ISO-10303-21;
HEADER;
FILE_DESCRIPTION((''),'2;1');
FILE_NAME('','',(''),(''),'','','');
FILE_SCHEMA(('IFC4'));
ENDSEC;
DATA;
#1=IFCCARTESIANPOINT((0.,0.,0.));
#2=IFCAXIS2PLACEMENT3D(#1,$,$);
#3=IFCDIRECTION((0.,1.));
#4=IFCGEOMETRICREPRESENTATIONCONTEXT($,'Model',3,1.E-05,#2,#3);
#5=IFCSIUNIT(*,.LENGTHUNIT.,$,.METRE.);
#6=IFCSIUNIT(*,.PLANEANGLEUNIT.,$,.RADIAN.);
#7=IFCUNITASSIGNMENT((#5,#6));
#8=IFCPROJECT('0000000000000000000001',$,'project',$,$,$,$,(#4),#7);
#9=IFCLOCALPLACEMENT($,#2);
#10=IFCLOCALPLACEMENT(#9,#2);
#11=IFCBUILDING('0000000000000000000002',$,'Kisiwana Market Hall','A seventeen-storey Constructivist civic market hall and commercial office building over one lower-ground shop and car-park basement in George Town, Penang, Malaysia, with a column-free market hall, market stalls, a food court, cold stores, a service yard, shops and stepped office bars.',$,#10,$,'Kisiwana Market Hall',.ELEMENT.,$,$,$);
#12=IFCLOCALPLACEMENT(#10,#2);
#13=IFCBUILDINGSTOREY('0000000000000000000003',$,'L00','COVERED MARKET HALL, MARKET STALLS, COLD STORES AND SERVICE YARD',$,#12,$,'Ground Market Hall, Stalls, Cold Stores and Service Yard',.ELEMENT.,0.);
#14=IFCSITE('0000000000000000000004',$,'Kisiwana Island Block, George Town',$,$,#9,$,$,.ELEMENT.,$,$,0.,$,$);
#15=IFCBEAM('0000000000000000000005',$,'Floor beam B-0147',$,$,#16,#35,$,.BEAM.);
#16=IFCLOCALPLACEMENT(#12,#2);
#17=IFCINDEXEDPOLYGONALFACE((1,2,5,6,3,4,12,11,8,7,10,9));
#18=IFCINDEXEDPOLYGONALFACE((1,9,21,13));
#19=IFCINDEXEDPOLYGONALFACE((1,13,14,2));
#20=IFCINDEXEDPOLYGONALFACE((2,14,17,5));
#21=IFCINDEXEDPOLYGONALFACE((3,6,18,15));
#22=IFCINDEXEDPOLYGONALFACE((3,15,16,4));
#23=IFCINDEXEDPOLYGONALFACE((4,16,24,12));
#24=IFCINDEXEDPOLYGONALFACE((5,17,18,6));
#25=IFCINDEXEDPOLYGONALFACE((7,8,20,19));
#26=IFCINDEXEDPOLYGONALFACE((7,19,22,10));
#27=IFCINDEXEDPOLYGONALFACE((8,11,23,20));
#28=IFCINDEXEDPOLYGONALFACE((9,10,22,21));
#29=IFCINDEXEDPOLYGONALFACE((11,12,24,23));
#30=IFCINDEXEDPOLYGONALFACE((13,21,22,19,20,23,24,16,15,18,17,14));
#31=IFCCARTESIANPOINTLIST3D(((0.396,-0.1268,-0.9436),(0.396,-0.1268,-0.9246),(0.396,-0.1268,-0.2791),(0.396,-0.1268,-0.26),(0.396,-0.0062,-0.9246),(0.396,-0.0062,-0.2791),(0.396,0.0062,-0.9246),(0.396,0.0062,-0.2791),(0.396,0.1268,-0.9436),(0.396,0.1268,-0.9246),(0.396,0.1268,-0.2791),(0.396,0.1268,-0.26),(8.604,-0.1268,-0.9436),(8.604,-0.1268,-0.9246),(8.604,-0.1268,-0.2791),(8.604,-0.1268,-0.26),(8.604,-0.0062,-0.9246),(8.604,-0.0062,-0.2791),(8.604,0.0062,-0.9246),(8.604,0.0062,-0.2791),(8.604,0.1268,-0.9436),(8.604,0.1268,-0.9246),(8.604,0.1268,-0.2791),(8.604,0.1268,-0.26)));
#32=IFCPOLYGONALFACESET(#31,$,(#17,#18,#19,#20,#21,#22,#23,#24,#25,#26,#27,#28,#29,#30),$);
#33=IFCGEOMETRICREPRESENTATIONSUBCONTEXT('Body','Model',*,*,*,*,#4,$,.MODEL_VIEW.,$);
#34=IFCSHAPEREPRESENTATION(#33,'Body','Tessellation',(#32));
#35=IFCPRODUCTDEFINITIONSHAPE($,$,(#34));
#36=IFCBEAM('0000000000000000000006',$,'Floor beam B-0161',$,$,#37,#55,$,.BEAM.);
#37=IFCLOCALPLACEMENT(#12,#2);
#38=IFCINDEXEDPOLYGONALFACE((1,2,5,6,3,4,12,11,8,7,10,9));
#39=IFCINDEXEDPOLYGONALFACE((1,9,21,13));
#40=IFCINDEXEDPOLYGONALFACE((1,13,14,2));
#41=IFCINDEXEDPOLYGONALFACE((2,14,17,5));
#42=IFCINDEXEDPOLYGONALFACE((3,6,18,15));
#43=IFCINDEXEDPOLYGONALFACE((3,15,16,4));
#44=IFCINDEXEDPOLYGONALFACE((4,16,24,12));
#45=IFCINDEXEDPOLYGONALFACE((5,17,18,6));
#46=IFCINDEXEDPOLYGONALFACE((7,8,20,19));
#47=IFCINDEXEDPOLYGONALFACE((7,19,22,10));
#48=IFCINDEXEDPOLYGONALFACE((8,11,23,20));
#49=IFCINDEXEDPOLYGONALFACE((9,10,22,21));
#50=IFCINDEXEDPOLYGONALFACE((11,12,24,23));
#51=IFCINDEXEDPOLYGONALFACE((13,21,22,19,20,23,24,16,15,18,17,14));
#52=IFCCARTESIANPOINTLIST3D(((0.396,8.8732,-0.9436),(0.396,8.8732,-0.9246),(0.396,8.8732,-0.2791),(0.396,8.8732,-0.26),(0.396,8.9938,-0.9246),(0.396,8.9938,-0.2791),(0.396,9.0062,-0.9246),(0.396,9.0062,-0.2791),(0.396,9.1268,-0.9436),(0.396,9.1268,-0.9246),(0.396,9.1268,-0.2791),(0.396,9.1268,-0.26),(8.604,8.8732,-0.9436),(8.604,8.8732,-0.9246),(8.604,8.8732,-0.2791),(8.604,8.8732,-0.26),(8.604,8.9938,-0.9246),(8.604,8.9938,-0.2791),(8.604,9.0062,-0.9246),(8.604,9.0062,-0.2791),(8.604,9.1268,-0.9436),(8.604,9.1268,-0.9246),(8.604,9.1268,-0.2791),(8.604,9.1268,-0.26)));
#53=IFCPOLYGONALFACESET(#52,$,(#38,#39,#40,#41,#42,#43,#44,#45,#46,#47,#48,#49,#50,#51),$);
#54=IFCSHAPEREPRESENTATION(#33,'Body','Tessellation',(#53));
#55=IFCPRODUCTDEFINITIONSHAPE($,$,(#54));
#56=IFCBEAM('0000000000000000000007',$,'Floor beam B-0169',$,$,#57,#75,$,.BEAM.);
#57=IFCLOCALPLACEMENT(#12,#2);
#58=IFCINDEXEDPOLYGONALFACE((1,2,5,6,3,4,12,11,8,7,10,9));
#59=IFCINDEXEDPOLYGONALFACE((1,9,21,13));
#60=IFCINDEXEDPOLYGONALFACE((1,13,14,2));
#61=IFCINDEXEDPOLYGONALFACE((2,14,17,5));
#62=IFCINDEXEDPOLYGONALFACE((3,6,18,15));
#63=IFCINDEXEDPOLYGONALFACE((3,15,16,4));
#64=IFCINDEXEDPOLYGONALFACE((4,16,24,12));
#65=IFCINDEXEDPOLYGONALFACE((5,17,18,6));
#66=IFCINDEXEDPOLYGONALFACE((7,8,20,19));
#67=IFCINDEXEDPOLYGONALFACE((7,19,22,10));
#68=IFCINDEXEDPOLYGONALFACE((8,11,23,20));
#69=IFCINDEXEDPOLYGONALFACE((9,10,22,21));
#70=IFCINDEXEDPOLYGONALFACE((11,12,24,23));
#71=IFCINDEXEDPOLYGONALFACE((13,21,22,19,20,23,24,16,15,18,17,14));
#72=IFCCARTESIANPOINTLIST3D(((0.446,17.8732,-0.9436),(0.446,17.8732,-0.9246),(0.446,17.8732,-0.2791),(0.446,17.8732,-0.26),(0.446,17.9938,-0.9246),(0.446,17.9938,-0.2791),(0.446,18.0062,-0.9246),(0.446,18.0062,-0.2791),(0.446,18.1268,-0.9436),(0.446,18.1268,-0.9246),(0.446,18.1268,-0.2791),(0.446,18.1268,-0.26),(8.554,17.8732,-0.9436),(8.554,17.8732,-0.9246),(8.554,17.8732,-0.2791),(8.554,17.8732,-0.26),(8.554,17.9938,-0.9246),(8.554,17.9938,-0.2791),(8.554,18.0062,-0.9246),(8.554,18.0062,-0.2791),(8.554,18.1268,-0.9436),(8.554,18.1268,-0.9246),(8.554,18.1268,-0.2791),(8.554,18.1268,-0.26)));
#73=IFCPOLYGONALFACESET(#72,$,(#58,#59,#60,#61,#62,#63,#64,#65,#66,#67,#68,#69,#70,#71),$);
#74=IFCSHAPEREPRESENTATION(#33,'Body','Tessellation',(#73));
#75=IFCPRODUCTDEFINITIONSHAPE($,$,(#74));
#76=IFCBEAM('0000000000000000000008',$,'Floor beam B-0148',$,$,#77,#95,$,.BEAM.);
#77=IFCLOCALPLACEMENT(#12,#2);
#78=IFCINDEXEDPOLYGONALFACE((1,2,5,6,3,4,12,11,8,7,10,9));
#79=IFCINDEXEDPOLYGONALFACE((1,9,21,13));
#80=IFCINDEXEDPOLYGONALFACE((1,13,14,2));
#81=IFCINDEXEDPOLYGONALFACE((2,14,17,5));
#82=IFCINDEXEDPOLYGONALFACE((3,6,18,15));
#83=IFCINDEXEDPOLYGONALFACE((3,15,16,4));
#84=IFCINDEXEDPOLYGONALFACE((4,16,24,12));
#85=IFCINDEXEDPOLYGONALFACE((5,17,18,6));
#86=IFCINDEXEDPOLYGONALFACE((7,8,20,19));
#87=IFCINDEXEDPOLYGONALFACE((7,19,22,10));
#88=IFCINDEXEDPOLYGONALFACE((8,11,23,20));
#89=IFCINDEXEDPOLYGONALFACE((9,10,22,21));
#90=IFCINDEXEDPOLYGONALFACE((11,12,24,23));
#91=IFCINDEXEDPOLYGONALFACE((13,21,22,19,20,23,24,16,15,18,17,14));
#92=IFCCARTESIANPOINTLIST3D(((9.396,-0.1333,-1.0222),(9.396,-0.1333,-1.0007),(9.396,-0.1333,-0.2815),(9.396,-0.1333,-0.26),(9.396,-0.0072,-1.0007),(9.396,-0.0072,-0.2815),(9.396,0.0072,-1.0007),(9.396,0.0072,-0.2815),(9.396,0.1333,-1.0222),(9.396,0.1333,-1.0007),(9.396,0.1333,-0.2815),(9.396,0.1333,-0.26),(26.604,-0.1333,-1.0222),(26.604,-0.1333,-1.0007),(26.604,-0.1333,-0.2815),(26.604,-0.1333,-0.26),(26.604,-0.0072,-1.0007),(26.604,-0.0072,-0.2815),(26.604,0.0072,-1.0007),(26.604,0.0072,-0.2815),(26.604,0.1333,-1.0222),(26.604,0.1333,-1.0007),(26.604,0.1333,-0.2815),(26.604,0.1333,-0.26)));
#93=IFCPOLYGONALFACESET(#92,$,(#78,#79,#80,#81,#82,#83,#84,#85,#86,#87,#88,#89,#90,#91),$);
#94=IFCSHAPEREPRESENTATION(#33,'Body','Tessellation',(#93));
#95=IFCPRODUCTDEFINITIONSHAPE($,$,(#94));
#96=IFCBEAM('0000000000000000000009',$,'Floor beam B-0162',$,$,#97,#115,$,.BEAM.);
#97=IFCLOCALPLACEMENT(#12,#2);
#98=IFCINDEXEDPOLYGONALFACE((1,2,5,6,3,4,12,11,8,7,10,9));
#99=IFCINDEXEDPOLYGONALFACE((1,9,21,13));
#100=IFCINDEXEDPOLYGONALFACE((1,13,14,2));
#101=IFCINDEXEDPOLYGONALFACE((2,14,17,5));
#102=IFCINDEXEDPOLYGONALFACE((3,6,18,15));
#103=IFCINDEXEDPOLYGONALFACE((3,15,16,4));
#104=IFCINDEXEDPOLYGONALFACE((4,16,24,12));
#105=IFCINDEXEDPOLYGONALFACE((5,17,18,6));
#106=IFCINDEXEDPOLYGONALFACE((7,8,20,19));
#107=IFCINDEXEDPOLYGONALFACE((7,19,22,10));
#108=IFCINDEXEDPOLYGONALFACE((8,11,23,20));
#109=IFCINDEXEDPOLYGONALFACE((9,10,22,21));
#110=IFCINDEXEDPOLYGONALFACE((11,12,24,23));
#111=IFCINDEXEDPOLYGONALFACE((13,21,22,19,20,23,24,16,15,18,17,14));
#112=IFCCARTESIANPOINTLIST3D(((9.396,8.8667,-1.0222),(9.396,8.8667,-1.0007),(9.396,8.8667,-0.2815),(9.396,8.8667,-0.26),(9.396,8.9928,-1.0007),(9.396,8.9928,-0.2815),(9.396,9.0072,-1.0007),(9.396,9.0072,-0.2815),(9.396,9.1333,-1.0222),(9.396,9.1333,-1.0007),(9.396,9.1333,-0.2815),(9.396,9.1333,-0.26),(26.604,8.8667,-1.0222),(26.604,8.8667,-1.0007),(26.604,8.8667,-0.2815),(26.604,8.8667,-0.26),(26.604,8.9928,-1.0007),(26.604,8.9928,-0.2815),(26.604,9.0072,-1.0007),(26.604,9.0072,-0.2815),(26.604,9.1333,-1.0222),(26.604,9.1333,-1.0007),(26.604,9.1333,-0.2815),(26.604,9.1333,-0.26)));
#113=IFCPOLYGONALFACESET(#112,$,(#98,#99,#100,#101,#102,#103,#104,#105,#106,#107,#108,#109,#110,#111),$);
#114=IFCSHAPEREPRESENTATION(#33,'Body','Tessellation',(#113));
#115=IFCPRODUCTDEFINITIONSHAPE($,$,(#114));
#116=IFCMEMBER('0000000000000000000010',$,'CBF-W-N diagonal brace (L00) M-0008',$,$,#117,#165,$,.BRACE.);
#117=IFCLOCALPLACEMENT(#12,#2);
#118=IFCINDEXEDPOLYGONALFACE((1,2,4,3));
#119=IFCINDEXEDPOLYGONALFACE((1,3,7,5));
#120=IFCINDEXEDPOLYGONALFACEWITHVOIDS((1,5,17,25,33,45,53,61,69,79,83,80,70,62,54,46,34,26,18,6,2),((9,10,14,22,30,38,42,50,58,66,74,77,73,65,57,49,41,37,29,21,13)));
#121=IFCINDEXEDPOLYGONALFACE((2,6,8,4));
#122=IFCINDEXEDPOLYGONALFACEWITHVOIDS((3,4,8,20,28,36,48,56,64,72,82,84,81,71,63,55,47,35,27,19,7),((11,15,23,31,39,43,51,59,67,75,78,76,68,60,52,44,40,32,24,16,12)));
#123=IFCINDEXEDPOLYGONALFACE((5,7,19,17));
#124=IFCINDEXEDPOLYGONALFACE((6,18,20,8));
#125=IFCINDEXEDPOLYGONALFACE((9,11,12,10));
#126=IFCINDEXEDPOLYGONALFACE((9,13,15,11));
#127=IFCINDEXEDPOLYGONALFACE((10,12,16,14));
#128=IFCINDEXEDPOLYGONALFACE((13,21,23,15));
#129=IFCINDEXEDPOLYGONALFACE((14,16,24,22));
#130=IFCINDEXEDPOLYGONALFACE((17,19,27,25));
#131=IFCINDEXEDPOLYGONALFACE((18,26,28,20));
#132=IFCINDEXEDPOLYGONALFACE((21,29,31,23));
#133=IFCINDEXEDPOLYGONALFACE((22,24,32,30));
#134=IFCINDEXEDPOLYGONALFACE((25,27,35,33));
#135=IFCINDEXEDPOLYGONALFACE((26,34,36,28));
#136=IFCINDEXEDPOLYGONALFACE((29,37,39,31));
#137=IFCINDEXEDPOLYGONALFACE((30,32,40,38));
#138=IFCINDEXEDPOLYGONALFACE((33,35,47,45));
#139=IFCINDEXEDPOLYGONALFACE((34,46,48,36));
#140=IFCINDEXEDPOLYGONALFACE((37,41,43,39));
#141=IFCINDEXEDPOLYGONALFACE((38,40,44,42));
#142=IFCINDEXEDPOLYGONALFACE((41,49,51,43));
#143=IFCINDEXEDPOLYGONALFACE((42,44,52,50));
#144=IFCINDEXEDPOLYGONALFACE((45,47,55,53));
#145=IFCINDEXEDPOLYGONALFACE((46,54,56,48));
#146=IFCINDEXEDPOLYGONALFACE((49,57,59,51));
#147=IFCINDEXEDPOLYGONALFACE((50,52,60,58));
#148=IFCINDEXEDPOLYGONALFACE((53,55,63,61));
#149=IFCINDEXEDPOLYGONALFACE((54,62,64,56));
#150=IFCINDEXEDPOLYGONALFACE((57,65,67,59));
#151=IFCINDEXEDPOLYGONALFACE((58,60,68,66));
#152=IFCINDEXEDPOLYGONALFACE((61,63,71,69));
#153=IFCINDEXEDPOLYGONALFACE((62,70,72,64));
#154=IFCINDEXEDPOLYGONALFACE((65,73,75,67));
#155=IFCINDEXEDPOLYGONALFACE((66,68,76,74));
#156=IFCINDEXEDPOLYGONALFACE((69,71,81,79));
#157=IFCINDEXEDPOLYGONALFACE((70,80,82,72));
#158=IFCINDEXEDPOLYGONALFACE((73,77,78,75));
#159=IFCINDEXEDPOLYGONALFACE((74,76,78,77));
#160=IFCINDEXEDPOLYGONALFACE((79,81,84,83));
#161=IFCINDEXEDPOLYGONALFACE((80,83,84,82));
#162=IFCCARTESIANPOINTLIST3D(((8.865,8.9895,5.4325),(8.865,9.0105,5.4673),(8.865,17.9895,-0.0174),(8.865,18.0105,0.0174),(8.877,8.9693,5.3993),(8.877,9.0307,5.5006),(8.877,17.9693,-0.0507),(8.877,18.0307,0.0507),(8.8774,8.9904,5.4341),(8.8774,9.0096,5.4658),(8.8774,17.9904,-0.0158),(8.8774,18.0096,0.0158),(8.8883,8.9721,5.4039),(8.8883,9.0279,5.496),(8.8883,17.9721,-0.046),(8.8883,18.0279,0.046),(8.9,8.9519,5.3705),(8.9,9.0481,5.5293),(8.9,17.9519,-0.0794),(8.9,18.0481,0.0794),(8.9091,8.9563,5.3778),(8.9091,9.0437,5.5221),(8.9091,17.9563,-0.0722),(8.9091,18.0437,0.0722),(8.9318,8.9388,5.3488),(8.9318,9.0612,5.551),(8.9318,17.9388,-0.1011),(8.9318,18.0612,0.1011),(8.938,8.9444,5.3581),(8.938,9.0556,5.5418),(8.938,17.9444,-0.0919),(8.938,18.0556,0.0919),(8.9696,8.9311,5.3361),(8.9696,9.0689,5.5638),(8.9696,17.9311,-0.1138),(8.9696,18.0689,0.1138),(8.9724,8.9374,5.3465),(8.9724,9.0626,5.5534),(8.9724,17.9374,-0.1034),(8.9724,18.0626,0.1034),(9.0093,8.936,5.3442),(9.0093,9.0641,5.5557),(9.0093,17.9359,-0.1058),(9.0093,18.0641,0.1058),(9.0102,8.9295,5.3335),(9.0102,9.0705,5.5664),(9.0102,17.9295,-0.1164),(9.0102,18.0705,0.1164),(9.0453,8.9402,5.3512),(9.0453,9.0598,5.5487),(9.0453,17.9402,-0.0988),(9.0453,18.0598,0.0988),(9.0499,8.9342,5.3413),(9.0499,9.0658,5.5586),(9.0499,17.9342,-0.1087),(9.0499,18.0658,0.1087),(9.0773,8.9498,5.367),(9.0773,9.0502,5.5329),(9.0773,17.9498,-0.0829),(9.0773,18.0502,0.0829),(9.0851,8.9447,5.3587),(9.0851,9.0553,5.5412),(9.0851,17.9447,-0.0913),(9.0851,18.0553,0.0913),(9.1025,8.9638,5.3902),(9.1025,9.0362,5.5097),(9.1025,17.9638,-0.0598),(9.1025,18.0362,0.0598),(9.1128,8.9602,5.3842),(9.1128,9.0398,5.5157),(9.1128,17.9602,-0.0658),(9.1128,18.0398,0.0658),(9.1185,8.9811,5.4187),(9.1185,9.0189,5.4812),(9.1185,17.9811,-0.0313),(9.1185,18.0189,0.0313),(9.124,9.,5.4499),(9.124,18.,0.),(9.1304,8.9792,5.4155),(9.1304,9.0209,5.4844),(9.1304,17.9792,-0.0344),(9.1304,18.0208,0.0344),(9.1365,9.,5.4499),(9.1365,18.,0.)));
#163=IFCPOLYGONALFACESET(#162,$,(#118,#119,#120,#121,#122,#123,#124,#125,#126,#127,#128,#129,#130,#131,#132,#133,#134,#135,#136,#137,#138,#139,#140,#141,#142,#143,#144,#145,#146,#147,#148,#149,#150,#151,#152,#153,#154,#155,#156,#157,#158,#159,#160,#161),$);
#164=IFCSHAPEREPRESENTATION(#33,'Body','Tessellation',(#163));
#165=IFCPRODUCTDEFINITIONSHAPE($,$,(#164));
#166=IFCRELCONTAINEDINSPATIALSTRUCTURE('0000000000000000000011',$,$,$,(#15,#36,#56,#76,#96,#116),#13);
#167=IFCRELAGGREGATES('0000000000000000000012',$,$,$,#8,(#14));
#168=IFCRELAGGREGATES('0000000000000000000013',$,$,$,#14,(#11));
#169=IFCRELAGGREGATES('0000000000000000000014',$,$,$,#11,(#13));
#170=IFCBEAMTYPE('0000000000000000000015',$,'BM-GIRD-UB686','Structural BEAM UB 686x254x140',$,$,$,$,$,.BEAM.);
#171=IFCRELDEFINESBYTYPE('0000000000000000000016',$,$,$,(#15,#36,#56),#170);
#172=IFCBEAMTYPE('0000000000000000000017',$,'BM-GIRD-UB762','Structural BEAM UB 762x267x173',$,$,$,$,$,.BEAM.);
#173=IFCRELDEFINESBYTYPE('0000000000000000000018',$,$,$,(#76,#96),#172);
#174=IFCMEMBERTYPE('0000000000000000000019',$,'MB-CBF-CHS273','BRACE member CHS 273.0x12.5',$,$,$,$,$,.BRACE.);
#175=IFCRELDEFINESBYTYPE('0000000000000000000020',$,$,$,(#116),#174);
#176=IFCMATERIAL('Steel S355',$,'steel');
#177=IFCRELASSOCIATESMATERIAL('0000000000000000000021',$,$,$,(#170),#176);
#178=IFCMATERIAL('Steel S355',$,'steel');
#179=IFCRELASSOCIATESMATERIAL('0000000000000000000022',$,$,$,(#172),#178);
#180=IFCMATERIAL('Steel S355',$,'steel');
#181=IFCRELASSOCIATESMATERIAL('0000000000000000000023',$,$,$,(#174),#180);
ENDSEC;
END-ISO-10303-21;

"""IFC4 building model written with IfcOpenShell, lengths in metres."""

from ifc_helpers import new_model, si_unit, direction, frame, origin, origin_2d, place, context, subcontext, project, spatial, hollow_circle, i_section, extrude, material, material_profile, profile_set, type_object, element, save


model = new_model("IFC4")

# Units and contexts
model_context = context("Model", 3, precision=1e-05, world=origin(), true_north=direction((0.0, 1.0)))
body_context = subcontext(model_context, "Body", "Model", "MODEL_VIEW")
ifc_project = project(units=[si_unit("LENGTHUNIT", "METRE"), si_unit("PLANEANGLEUNIT", "RADIAN")], contexts=[model_context])

# Site, building, storey
site_placement = place(None, origin())
site = spatial("IfcSite", under=ifc_project, at=site_placement, Name="Kisiwana Island Block, George Town", CompositionType="ELEMENT", RefElevation=0.0)
building_placement = place(site_placement, origin())
building = spatial("IfcBuilding", under=site, at=building_placement, Name="Kisiwana Market Hall", Description="A seventeen-storey Constructivist civic market hall and commercial office building over one lower-ground shop and car-park basement in George Town, Penang, Malaysia, with a column-free market hall, market stalls, a food court, cold stores, a service yard, shops and stepped office bars.", LongName="Kisiwana Market Hall", CompositionType="ELEMENT")
storey_placement = place(building_placement, origin())
storey = spatial("IfcBuildingStorey", under=building, at=storey_placement, Name="L00", Description="COVERED MARKET HALL, MARKET STALLS, COLD STORES AND SERVICE YARD", LongName="Ground Market Hall, Stalls, Cold Stores and Service Yard", CompositionType="ELEMENT", Elevation=0.0)

# Beams
ifc_material_1 = material(Name="Steel S355", Category="steel")
ifc_material_profile_1 = material_profile(ifc_material_1, i_section(OverallWidth=0.2537, OverallDepth=0.6836, WebThickness=0.0125, FlangeThickness=0.019, at=origin_2d()), Name="UB 686x254x140")
ifc_profile_set_1 = profile_set([ifc_material_profile_1], Name="Steel S355")
beam_type_1 = type_object("IfcBeamType", Name="BM-GIRD-UB686", Description="Structural BEAM UB 686x254x140", PredefinedType="BEAM", material=ifc_profile_set_1)
for number, where, z_axis, x_axis, name in (
    (1, (0.396, 0.0, -0.6018), (1.0, 0.0, 0.0), (0.0, 1.0, 0.0), "Floor beam B-0147"),
    (2, (0.396, 9.0, -0.6018), (1.0, 0.0, 0.0), (0.0, 1.0, 0.0), "Floor beam B-0161"),
):
    element("IfcBeam", number, at=place(storey_placement, frame(where, z_axis=z_axis, x_axis=x_axis)), inside=storey, type_object=beam_type_1, Name=name, PredefinedType="BEAM", context=body_context, shape_type="SweptSolid", body=[
        extrude(i_section(OverallWidth=0.2537, OverallDepth=0.6836, WebThickness=0.0125, FlangeThickness=0.019, at=origin_2d()), origin(), (0.0, 0.0, 1.0), 8.208),
    ])
beam_1_placement = place(storey_placement, frame((0.446, 18.0, -0.6018), z_axis=(1.0, 0.0, 0.0), x_axis=(0.0, 1.0, 0.0)))
element("IfcBeam", 3, at=beam_1_placement, inside=storey, type_object=beam_type_1, Name="Floor beam B-0169", PredefinedType="BEAM", context=body_context, shape_type="SweptSolid", body=[
    extrude(i_section(OverallWidth=0.2537, OverallDepth=0.6836, WebThickness=0.0125, FlangeThickness=0.019, at=origin_2d()), origin(), (0.0, 0.0, 1.0), 8.1079),
])
ifc_material_2 = material(Name="Steel S355", Category="steel")
ifc_material_profile_2 = material_profile(ifc_material_2, i_section(OverallWidth=0.2666, OverallDepth=0.7622, WebThickness=0.0144, FlangeThickness=0.0215, at=origin_2d()), Name="UB 762x267x173")
ifc_profile_set_2 = profile_set([ifc_material_profile_2], Name="Steel S355")
beam_type_2 = type_object("IfcBeamType", Name="BM-GIRD-UB762", Description="Structural BEAM UB 762x267x173", PredefinedType="BEAM", material=ifc_profile_set_2)
for number, where, z_axis, x_axis, name in (
    (4, (9.396, 0.0, -0.6411), (1.0, 0.0, 0.0), (0.0, 1.0, 0.0), "Floor beam B-0148"),
    (5, (9.396, 9.0, -0.6411), (1.0, 0.0, 0.0), (0.0, 1.0, 0.0), "Floor beam B-0162"),
):
    element("IfcBeam", number, at=place(storey_placement, frame(where, z_axis=z_axis, x_axis=x_axis)), inside=storey, type_object=beam_type_2, Name=name, PredefinedType="BEAM", context=body_context, shape_type="SweptSolid", body=[
        extrude(i_section(OverallWidth=0.2666, OverallDepth=0.7622, WebThickness=0.0144, FlangeThickness=0.0215, at=origin_2d()), origin(), (0.0, 0.0, 1.0), 17.208),
    ])

# Member
ifc_material_3 = material(Name="Steel S355", Category="steel")
ifc_material_profile_3 = material_profile(ifc_material_3, hollow_circle(Radius=0.1365, WallThickness=0.0125, at=origin_2d()), Name="CHS 273.0x12.5")
ifc_profile_set_3 = profile_set([ifc_material_profile_3], Name="Steel S355")
member_type = type_object("IfcMemberType", Name="MB-CBF-CHS273", Description="BRACE member CHS 273.0x12.5", PredefinedType="BRACE", material=ifc_profile_set_3)
member_placement = place(storey_placement, frame((9.0, 18.0, 0.0), z_axis=(0.0, -0.855391, 0.517982), x_axis=(1.0, 0.0, 0.0)))
element("IfcMember", 6, at=member_placement, inside=storey, type_object=member_type, Name="CBF-W-N diagonal brace (L00) M-0008", PredefinedType="BRACE", context=body_context, shape_type="SweptSolid", body=[
    extrude(hollow_circle(Radius=0.1365, WallThickness=0.0125, at=origin_2d()), origin(), (0.0, 0.0, 1.0), 10.5215),
])

save(model, "model.ifc")
